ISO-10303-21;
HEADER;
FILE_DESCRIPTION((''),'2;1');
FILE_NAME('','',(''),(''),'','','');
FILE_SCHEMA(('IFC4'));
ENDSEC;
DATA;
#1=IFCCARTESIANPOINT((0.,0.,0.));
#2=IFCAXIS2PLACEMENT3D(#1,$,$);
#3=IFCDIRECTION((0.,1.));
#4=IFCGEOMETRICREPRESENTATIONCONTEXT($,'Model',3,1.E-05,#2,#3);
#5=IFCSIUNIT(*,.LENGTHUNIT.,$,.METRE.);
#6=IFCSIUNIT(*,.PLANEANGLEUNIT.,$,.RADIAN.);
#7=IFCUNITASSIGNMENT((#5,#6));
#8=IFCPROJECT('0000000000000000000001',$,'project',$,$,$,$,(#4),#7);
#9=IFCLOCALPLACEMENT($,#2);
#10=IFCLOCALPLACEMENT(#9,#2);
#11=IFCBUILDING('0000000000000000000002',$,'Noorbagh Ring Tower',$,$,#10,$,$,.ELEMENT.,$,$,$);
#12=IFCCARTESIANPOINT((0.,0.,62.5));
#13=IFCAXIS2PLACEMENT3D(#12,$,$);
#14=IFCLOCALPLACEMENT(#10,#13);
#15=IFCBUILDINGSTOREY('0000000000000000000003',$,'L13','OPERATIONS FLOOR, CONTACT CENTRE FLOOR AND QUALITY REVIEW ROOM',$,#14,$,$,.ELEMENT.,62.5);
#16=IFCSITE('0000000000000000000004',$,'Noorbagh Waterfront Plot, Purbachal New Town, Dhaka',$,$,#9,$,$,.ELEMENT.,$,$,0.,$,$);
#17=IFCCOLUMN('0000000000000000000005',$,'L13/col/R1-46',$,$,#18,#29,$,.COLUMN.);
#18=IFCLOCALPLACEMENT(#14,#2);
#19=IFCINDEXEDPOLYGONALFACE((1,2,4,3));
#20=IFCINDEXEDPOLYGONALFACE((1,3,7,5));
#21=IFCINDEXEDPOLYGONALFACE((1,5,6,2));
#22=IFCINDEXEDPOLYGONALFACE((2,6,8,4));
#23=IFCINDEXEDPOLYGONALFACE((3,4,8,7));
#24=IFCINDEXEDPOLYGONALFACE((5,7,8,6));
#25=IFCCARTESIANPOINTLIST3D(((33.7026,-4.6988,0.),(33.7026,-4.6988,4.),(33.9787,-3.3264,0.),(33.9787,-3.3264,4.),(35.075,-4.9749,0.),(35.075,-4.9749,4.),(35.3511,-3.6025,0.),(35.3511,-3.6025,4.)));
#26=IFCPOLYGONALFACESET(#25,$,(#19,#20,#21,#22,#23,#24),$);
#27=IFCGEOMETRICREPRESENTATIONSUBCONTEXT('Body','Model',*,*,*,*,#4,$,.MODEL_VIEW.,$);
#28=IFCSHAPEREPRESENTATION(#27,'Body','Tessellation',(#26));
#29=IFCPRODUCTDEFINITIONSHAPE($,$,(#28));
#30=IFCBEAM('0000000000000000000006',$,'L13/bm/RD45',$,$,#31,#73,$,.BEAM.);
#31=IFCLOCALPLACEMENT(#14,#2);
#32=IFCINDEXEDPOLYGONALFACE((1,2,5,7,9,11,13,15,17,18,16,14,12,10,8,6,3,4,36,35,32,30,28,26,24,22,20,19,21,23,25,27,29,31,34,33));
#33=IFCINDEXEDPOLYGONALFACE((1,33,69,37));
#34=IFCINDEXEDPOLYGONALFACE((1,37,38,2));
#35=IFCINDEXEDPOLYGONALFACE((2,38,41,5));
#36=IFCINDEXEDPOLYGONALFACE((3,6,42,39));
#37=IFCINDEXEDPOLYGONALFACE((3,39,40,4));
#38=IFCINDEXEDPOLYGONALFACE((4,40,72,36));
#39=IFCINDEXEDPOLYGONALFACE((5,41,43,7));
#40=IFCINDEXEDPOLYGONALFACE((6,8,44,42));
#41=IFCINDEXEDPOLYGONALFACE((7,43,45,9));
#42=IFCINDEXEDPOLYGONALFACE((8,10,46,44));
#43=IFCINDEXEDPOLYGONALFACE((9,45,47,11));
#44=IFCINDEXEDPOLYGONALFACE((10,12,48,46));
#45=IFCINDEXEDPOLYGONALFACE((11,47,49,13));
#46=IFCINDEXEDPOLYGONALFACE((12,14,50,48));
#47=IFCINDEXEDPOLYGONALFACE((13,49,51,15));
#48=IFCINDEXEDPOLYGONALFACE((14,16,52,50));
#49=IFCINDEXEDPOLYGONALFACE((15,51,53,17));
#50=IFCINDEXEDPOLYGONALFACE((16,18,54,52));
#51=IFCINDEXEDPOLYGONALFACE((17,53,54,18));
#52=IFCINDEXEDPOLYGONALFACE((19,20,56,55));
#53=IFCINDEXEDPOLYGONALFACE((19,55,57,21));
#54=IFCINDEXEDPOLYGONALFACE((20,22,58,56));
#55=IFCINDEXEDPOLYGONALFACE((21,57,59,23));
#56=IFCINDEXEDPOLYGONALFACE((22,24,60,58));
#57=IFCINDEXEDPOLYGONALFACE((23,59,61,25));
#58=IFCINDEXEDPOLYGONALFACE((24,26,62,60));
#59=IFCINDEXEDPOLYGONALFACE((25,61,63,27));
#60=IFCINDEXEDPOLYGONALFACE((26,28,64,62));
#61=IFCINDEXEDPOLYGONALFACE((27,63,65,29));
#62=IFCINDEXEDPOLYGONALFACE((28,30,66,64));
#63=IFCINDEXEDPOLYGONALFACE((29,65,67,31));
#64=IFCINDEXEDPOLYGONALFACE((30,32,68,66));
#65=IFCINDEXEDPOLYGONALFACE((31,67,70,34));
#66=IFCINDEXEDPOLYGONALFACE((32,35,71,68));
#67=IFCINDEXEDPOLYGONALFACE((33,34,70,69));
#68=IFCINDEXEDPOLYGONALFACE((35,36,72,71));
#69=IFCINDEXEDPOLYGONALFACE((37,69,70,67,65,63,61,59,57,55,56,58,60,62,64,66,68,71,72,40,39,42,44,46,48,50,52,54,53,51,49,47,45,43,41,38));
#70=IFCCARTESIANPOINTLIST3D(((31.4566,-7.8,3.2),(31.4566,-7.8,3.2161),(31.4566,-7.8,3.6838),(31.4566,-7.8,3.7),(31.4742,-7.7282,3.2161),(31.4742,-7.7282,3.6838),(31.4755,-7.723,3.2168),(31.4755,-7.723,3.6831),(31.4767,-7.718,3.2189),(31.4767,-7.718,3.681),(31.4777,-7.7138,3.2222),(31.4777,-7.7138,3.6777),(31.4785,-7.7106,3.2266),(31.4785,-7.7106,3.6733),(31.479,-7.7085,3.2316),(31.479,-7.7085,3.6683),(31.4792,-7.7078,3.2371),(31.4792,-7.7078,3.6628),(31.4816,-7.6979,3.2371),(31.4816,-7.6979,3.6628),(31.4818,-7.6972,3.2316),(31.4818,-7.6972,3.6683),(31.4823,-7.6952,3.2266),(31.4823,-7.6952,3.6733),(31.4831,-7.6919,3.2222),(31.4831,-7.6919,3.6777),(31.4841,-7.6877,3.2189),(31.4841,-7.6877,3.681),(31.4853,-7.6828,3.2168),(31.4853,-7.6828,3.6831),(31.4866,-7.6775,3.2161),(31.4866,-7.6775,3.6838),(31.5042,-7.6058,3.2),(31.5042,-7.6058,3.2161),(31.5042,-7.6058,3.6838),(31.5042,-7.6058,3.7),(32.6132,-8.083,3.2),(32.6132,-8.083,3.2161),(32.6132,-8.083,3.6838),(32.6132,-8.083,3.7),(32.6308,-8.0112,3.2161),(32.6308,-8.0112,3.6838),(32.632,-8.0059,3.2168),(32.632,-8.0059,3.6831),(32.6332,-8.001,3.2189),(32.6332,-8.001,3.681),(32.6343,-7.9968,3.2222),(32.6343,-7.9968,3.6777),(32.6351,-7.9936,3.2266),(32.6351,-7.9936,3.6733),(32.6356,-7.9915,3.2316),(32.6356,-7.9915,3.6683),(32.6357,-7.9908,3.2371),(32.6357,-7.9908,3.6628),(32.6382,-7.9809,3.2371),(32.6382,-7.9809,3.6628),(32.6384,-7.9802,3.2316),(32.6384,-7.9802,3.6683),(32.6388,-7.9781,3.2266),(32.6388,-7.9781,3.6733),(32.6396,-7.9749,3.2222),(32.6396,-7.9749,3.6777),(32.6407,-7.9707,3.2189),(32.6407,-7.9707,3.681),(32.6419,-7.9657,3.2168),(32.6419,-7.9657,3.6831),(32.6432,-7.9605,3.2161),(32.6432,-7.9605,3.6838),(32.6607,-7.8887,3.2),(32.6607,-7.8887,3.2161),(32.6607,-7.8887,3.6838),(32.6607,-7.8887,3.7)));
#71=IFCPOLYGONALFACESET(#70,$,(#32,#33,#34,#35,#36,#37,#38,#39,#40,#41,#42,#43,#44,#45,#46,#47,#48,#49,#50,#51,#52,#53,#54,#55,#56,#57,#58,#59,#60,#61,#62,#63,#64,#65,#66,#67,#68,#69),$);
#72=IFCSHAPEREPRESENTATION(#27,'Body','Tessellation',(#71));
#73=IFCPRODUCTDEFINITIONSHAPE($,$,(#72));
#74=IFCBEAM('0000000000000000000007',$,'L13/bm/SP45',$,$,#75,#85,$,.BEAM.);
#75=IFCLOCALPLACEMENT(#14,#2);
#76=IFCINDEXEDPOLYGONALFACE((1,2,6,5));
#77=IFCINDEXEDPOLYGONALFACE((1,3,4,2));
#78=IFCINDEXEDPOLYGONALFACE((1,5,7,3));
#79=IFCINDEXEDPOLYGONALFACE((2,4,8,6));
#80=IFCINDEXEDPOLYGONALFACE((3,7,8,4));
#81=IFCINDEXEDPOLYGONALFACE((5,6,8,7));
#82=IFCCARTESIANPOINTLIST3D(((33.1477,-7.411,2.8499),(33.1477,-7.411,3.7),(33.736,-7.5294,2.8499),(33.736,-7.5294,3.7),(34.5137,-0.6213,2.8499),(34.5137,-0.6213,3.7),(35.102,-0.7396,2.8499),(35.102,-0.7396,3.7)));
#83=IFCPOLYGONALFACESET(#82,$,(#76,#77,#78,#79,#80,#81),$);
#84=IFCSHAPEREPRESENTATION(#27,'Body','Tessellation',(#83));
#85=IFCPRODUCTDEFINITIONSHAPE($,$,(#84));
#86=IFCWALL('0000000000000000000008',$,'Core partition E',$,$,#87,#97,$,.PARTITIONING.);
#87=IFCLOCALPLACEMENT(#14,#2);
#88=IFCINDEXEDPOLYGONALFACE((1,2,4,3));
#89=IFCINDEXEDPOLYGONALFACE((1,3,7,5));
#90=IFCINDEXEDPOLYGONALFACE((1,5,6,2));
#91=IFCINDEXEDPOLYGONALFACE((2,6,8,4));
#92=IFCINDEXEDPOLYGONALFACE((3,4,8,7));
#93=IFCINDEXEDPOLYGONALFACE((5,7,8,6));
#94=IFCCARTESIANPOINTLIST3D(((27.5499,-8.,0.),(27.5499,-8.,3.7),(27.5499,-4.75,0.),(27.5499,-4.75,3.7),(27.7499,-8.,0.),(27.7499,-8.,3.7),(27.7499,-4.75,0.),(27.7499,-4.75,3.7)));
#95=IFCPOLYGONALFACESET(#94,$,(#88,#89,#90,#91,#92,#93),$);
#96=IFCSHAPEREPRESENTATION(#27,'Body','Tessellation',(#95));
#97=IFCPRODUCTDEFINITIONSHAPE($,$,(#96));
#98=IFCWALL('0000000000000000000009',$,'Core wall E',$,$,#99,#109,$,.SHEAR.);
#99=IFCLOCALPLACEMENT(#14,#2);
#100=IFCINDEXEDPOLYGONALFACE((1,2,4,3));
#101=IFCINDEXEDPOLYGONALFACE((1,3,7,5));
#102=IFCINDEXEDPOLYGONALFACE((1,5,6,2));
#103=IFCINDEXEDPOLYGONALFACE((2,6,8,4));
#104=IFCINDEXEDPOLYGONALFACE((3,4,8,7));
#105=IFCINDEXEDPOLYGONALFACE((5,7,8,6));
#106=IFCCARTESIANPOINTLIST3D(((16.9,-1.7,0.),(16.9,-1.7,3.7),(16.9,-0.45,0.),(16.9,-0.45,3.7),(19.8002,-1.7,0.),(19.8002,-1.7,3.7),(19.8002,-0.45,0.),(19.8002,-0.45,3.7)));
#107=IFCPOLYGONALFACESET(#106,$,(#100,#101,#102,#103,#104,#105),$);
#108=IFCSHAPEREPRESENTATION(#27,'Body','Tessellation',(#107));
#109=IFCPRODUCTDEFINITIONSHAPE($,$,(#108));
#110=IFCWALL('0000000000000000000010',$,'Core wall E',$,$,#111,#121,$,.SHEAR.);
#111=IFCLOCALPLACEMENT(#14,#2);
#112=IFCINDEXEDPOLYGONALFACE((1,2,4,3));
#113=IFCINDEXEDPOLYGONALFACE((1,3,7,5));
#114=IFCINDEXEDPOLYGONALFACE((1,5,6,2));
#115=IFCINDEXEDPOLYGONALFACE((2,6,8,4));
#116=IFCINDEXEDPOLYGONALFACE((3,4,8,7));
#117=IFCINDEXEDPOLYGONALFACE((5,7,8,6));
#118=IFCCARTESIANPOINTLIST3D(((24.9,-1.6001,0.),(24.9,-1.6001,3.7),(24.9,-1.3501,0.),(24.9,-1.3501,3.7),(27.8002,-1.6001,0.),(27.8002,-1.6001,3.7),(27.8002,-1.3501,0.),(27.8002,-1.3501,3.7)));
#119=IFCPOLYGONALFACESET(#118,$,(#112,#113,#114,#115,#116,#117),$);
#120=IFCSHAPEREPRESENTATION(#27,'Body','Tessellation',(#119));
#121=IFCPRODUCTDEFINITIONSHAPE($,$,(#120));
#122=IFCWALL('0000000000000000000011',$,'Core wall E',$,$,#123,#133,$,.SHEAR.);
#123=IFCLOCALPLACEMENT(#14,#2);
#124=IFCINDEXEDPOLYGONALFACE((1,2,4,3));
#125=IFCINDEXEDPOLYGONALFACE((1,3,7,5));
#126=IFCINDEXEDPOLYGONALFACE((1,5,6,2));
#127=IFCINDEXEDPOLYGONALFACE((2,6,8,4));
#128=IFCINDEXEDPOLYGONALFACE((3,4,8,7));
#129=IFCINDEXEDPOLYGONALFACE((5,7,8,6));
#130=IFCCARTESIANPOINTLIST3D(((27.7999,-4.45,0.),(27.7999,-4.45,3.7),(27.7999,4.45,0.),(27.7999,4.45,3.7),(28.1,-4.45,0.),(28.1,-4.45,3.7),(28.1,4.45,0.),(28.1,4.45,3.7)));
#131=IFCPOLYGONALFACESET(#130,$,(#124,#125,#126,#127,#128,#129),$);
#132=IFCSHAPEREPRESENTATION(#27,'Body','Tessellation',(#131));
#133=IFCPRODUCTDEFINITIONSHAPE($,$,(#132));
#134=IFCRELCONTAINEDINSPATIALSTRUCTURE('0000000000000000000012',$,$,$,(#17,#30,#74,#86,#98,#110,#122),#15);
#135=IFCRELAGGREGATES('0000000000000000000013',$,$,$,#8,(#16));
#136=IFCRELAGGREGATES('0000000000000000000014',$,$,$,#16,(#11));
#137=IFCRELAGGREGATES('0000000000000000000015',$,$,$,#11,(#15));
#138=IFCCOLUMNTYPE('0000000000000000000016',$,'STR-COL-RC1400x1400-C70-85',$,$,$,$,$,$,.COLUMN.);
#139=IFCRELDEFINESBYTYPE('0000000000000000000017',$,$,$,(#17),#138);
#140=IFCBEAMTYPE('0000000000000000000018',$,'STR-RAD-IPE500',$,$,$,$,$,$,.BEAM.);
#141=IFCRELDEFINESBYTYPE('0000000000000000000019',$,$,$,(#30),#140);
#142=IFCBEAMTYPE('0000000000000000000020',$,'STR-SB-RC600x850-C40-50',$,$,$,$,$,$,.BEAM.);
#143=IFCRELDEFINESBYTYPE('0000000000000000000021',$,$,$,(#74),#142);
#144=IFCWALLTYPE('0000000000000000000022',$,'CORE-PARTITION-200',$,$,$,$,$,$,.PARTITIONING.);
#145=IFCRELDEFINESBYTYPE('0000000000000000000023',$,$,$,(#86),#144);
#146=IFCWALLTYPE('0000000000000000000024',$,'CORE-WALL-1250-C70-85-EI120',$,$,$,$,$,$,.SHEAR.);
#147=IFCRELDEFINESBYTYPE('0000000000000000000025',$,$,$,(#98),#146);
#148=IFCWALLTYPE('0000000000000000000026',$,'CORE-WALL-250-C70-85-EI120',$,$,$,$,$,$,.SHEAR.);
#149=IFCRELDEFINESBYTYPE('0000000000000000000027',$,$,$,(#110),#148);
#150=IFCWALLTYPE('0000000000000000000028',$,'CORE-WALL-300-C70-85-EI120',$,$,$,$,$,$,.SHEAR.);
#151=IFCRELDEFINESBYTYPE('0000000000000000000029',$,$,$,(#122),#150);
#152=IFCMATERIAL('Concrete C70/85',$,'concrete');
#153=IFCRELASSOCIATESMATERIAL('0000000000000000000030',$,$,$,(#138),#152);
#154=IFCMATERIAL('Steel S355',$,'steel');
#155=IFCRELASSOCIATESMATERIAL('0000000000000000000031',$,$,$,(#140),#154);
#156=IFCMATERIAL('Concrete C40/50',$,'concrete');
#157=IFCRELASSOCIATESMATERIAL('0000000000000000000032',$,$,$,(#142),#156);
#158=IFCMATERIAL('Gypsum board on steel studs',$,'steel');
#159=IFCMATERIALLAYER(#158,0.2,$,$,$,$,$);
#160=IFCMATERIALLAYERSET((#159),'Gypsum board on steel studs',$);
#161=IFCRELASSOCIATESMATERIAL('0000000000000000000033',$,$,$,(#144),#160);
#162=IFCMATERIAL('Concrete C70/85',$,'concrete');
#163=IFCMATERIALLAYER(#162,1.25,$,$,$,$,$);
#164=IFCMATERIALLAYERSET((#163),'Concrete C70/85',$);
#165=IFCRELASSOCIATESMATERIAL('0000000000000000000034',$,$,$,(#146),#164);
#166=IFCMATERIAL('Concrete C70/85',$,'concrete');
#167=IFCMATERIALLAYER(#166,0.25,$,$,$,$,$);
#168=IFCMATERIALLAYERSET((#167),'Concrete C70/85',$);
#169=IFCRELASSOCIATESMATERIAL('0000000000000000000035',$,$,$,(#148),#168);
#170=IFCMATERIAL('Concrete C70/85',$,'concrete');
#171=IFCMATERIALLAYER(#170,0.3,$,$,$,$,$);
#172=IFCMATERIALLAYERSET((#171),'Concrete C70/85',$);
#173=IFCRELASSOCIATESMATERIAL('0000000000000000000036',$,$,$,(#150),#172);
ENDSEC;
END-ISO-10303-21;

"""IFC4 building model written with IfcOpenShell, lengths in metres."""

from ifc_helpers import new_model, si_unit, direction, frame, frame_2d, origin, origin_2d, place, context, subcontext, project, spatial, rectangle, i_section, extrude, material, layer, layer_set, material_profile, profile_set, type_object, element, save


model = new_model("IFC4")

# Units and contexts
model_context = context("Model", 3, precision=1e-05, world=origin(), true_north=direction((0.0, 1.0)))
body_context = subcontext(model_context, "Body", "Model", "MODEL_VIEW")
ifc_project = project(units=[si_unit("LENGTHUNIT", "METRE"), si_unit("PLANEANGLEUNIT", "RADIAN")], contexts=[model_context])

# Site, building, storey
site_placement = place(None, origin())
site = spatial("IfcSite", under=ifc_project, at=site_placement, Name="Noorbagh Waterfront Plot, Purbachal New Town, Dhaka", CompositionType="ELEMENT", RefElevation=0.0)
building_placement = place(site_placement, origin())
building = spatial("IfcBuilding", under=site, at=building_placement, Name="Noorbagh Ring Tower", CompositionType="ELEMENT")
storey_placement = place(building_placement, frame((0.0, 0.0, 62.5)))
storey = spatial("IfcBuildingStorey", under=building, at=storey_placement, Name="L13", Description="OPERATIONS FLOOR, CONTACT CENTRE FLOOR AND QUALITY REVIEW ROOM", CompositionType="ELEMENT", Elevation=62.5)

# Column
ifc_material_1 = material(Name="Concrete C70/85", Category="concrete")
ifc_material_profile_1 = material_profile(ifc_material_1, rectangle(XDim=1.3999, YDim=1.3999, at=origin_2d()), Name="RC1400x1400")
ifc_profile_set_1 = profile_set([ifc_material_profile_1], Name="Concrete C70/85")
column_type = type_object("IfcColumnType", Name="STR-COL-RC1400x1400-C70-85", PredefinedType="COLUMN", material=ifc_profile_set_1)
column_placement = place(storey_placement, frame((34.5269, -4.1506, 0.0), z_axis=(0.0, 0.0, 1.0), x_axis=(0.19723, 0.980357, 0.0)))
element("IfcColumn", 1, at=column_placement, inside=storey, type_object=column_type, Name="L13/col/R1-46", PredefinedType="COLUMN", context=body_context, shape_type="SweptSolid", body=[
    extrude(rectangle(XDim=1.3999, YDim=1.3999, at=origin_2d()), origin(), (0.0, 0.0, 1.0), 4.0),
])

# Beams
ifc_material_2 = material(Name="Steel S355", Category="steel")
ifc_material_profile_2 = material_profile(ifc_material_2, i_section(OverallWidth=0.2, OverallDepth=0.5, WebThickness=0.0103, FlangeThickness=0.0161, FilletRadius=0.021, at=origin_2d()), Name="IPE500")
ifc_profile_set_2 = profile_set([ifc_material_profile_2], Name="Steel S355")
beam_type_1 = type_object("IfcBeamType", Name="STR-RAD-IPE500", PredefinedType="BEAM", material=ifc_profile_set_2)
beam_1_placement = place(storey_placement, frame((32.637, -7.9858, 3.45), z_axis=(-0.971349, 0.237659, 0.0), x_axis=(-0.237659, -0.971349, 0.0)))
element("IfcBeam", 2, at=beam_1_placement, inside=storey, type_object=beam_type_1, Name="L13/bm/RD45", PredefinedType="BEAM", context=body_context, shape_type="SweptSolid", body=[
    extrude(i_section(OverallWidth=0.2, OverallDepth=0.5, WebThickness=0.0103, FlangeThickness=0.0161, FilletRadius=0.021, at=origin_2d()), origin(), (0.0, 0.0, 1.0), 1.1907),
])
ifc_material_3 = material(Name="Concrete C40/50", Category="concrete")
ifc_material_profile_3 = material_profile(ifc_material_3, rectangle(XDim=0.6001, YDim=0.8501, at=origin_2d()), Name="RC600x850")
ifc_profile_set_3 = profile_set([ifc_material_profile_3], Name="Concrete C40/50")
beam_type_2 = type_object("IfcBeamType", Name="STR-SB-RC600x850-C40-50", PredefinedType="BEAM", material=ifc_profile_set_3)
beam_2_placement = place(storey_placement, frame((33.4419, -7.4702, 3.2749), z_axis=(0.197228, 0.980358, 0.0), x_axis=(-0.980358, 0.197228, 0.0)))
element("IfcBeam", 3, at=beam_2_placement, inside=storey, type_object=beam_type_2, Name="L13/bm/SP45", PredefinedType="BEAM", context=body_context, shape_type="SweptSolid", body=[
    extrude(rectangle(XDim=0.6001, YDim=0.8501, at=origin_2d()), origin(), (0.0, 0.0, 1.0), 6.9258),
])

# Walls
ifc_material_4 = material(Name="Gypsum board on steel studs", Category="steel")
ifc_layer_1 = layer(ifc_material_4, 0.2)
ifc_layer_set_1 = layer_set([ifc_layer_1], Name="Gypsum board on steel studs")
wall_type_1 = type_object("IfcWallType", Name="CORE-PARTITION-200", PredefinedType="PARTITIONING", material=ifc_layer_set_1)
wall_1_placement = place(storey_placement, frame((27.6499, -8.0, 0.0), z_axis=(0.0, 0.0, 1.0), x_axis=(0.0, 1.0, 0.0)))
element("IfcWall", 4, at=wall_1_placement, inside=storey, type_object=wall_type_1, Name="Core partition E", PredefinedType="PARTITIONING", context=body_context, shape_type="SweptSolid", body=[
    extrude(rectangle(XDim=3.25, YDim=0.2, at=frame_2d((1.625, 0.0))), origin(), (0.0, 0.0, 1.0), 3.7),
])
ifc_material_5 = material(Name="Concrete C70/85", Category="concrete")
ifc_layer_2 = layer(ifc_material_5, 1.25)
ifc_layer_set_2 = layer_set([ifc_layer_2], Name="Concrete C70/85")
wall_type_2 = type_object("IfcWallType", Name="CORE-WALL-1250-C70-85-EI120", PredefinedType="SHEAR", material=ifc_layer_set_2)
wall_2_placement = place(storey_placement, frame((16.8999, -1.075, 0.0), z_axis=(0.0, 0.0, 1.0), x_axis=(1.0, 0.0, 0.0)))
element("IfcWall", 5, at=wall_2_placement, inside=storey, type_object=wall_type_2, Name="Core wall E", PredefinedType="SHEAR", context=body_context, shape_type="SweptSolid", body=[
    extrude(rectangle(XDim=2.9001, YDim=1.25, at=frame_2d((1.4502, 0.0))), origin(), (0.0, 0.0, 1.0), 3.7),
])
ifc_material_6 = material(Name="Concrete C70/85", Category="concrete")
ifc_layer_3 = layer(ifc_material_6, 0.25)
ifc_layer_set_3 = layer_set([ifc_layer_3], Name="Concrete C70/85")
wall_type_3 = type_object("IfcWallType", Name="CORE-WALL-250-C70-85-EI120", PredefinedType="SHEAR", material=ifc_layer_set_3)
wall_3_placement = place(storey_placement, frame((24.8999, -1.4751, 0.0), z_axis=(0.0, 0.0, 1.0), x_axis=(1.0, 0.0, 0.0)))
element("IfcWall", 6, at=wall_3_placement, inside=storey, type_object=wall_type_3, Name="Core wall E", PredefinedType="SHEAR", context=body_context, shape_type="SweptSolid", body=[
    extrude(rectangle(XDim=2.9001, YDim=0.25, at=frame_2d((1.4502, 0.0))), origin(), (0.0, 0.0, 1.0), 3.7),
])
ifc_material_7 = material(Name="Concrete C70/85", Category="concrete")
ifc_layer_4 = layer(ifc_material_7, 0.3)
ifc_layer_set_4 = layer_set([ifc_layer_4], Name="Concrete C70/85")
wall_type_4 = type_object("IfcWallType", Name="CORE-WALL-300-C70-85-EI120", PredefinedType="SHEAR", material=ifc_layer_set_4)
wall_4_placement = place(storey_placement, frame((27.95, -4.45, 0.0), z_axis=(0.0, 0.0, 1.0), x_axis=(0.0, 1.0, 0.0)))
element("IfcWall", 7, at=wall_4_placement, inside=storey, type_object=wall_type_4, Name="Core wall E", PredefinedType="SHEAR", context=body_context, shape_type="SweptSolid", body=[
    extrude(rectangle(XDim=8.8999, YDim=0.3, at=frame_2d((4.45, 0.0))), origin(), (0.0, 0.0, 1.0), 3.7),
])

save(model, "model.ifc")
